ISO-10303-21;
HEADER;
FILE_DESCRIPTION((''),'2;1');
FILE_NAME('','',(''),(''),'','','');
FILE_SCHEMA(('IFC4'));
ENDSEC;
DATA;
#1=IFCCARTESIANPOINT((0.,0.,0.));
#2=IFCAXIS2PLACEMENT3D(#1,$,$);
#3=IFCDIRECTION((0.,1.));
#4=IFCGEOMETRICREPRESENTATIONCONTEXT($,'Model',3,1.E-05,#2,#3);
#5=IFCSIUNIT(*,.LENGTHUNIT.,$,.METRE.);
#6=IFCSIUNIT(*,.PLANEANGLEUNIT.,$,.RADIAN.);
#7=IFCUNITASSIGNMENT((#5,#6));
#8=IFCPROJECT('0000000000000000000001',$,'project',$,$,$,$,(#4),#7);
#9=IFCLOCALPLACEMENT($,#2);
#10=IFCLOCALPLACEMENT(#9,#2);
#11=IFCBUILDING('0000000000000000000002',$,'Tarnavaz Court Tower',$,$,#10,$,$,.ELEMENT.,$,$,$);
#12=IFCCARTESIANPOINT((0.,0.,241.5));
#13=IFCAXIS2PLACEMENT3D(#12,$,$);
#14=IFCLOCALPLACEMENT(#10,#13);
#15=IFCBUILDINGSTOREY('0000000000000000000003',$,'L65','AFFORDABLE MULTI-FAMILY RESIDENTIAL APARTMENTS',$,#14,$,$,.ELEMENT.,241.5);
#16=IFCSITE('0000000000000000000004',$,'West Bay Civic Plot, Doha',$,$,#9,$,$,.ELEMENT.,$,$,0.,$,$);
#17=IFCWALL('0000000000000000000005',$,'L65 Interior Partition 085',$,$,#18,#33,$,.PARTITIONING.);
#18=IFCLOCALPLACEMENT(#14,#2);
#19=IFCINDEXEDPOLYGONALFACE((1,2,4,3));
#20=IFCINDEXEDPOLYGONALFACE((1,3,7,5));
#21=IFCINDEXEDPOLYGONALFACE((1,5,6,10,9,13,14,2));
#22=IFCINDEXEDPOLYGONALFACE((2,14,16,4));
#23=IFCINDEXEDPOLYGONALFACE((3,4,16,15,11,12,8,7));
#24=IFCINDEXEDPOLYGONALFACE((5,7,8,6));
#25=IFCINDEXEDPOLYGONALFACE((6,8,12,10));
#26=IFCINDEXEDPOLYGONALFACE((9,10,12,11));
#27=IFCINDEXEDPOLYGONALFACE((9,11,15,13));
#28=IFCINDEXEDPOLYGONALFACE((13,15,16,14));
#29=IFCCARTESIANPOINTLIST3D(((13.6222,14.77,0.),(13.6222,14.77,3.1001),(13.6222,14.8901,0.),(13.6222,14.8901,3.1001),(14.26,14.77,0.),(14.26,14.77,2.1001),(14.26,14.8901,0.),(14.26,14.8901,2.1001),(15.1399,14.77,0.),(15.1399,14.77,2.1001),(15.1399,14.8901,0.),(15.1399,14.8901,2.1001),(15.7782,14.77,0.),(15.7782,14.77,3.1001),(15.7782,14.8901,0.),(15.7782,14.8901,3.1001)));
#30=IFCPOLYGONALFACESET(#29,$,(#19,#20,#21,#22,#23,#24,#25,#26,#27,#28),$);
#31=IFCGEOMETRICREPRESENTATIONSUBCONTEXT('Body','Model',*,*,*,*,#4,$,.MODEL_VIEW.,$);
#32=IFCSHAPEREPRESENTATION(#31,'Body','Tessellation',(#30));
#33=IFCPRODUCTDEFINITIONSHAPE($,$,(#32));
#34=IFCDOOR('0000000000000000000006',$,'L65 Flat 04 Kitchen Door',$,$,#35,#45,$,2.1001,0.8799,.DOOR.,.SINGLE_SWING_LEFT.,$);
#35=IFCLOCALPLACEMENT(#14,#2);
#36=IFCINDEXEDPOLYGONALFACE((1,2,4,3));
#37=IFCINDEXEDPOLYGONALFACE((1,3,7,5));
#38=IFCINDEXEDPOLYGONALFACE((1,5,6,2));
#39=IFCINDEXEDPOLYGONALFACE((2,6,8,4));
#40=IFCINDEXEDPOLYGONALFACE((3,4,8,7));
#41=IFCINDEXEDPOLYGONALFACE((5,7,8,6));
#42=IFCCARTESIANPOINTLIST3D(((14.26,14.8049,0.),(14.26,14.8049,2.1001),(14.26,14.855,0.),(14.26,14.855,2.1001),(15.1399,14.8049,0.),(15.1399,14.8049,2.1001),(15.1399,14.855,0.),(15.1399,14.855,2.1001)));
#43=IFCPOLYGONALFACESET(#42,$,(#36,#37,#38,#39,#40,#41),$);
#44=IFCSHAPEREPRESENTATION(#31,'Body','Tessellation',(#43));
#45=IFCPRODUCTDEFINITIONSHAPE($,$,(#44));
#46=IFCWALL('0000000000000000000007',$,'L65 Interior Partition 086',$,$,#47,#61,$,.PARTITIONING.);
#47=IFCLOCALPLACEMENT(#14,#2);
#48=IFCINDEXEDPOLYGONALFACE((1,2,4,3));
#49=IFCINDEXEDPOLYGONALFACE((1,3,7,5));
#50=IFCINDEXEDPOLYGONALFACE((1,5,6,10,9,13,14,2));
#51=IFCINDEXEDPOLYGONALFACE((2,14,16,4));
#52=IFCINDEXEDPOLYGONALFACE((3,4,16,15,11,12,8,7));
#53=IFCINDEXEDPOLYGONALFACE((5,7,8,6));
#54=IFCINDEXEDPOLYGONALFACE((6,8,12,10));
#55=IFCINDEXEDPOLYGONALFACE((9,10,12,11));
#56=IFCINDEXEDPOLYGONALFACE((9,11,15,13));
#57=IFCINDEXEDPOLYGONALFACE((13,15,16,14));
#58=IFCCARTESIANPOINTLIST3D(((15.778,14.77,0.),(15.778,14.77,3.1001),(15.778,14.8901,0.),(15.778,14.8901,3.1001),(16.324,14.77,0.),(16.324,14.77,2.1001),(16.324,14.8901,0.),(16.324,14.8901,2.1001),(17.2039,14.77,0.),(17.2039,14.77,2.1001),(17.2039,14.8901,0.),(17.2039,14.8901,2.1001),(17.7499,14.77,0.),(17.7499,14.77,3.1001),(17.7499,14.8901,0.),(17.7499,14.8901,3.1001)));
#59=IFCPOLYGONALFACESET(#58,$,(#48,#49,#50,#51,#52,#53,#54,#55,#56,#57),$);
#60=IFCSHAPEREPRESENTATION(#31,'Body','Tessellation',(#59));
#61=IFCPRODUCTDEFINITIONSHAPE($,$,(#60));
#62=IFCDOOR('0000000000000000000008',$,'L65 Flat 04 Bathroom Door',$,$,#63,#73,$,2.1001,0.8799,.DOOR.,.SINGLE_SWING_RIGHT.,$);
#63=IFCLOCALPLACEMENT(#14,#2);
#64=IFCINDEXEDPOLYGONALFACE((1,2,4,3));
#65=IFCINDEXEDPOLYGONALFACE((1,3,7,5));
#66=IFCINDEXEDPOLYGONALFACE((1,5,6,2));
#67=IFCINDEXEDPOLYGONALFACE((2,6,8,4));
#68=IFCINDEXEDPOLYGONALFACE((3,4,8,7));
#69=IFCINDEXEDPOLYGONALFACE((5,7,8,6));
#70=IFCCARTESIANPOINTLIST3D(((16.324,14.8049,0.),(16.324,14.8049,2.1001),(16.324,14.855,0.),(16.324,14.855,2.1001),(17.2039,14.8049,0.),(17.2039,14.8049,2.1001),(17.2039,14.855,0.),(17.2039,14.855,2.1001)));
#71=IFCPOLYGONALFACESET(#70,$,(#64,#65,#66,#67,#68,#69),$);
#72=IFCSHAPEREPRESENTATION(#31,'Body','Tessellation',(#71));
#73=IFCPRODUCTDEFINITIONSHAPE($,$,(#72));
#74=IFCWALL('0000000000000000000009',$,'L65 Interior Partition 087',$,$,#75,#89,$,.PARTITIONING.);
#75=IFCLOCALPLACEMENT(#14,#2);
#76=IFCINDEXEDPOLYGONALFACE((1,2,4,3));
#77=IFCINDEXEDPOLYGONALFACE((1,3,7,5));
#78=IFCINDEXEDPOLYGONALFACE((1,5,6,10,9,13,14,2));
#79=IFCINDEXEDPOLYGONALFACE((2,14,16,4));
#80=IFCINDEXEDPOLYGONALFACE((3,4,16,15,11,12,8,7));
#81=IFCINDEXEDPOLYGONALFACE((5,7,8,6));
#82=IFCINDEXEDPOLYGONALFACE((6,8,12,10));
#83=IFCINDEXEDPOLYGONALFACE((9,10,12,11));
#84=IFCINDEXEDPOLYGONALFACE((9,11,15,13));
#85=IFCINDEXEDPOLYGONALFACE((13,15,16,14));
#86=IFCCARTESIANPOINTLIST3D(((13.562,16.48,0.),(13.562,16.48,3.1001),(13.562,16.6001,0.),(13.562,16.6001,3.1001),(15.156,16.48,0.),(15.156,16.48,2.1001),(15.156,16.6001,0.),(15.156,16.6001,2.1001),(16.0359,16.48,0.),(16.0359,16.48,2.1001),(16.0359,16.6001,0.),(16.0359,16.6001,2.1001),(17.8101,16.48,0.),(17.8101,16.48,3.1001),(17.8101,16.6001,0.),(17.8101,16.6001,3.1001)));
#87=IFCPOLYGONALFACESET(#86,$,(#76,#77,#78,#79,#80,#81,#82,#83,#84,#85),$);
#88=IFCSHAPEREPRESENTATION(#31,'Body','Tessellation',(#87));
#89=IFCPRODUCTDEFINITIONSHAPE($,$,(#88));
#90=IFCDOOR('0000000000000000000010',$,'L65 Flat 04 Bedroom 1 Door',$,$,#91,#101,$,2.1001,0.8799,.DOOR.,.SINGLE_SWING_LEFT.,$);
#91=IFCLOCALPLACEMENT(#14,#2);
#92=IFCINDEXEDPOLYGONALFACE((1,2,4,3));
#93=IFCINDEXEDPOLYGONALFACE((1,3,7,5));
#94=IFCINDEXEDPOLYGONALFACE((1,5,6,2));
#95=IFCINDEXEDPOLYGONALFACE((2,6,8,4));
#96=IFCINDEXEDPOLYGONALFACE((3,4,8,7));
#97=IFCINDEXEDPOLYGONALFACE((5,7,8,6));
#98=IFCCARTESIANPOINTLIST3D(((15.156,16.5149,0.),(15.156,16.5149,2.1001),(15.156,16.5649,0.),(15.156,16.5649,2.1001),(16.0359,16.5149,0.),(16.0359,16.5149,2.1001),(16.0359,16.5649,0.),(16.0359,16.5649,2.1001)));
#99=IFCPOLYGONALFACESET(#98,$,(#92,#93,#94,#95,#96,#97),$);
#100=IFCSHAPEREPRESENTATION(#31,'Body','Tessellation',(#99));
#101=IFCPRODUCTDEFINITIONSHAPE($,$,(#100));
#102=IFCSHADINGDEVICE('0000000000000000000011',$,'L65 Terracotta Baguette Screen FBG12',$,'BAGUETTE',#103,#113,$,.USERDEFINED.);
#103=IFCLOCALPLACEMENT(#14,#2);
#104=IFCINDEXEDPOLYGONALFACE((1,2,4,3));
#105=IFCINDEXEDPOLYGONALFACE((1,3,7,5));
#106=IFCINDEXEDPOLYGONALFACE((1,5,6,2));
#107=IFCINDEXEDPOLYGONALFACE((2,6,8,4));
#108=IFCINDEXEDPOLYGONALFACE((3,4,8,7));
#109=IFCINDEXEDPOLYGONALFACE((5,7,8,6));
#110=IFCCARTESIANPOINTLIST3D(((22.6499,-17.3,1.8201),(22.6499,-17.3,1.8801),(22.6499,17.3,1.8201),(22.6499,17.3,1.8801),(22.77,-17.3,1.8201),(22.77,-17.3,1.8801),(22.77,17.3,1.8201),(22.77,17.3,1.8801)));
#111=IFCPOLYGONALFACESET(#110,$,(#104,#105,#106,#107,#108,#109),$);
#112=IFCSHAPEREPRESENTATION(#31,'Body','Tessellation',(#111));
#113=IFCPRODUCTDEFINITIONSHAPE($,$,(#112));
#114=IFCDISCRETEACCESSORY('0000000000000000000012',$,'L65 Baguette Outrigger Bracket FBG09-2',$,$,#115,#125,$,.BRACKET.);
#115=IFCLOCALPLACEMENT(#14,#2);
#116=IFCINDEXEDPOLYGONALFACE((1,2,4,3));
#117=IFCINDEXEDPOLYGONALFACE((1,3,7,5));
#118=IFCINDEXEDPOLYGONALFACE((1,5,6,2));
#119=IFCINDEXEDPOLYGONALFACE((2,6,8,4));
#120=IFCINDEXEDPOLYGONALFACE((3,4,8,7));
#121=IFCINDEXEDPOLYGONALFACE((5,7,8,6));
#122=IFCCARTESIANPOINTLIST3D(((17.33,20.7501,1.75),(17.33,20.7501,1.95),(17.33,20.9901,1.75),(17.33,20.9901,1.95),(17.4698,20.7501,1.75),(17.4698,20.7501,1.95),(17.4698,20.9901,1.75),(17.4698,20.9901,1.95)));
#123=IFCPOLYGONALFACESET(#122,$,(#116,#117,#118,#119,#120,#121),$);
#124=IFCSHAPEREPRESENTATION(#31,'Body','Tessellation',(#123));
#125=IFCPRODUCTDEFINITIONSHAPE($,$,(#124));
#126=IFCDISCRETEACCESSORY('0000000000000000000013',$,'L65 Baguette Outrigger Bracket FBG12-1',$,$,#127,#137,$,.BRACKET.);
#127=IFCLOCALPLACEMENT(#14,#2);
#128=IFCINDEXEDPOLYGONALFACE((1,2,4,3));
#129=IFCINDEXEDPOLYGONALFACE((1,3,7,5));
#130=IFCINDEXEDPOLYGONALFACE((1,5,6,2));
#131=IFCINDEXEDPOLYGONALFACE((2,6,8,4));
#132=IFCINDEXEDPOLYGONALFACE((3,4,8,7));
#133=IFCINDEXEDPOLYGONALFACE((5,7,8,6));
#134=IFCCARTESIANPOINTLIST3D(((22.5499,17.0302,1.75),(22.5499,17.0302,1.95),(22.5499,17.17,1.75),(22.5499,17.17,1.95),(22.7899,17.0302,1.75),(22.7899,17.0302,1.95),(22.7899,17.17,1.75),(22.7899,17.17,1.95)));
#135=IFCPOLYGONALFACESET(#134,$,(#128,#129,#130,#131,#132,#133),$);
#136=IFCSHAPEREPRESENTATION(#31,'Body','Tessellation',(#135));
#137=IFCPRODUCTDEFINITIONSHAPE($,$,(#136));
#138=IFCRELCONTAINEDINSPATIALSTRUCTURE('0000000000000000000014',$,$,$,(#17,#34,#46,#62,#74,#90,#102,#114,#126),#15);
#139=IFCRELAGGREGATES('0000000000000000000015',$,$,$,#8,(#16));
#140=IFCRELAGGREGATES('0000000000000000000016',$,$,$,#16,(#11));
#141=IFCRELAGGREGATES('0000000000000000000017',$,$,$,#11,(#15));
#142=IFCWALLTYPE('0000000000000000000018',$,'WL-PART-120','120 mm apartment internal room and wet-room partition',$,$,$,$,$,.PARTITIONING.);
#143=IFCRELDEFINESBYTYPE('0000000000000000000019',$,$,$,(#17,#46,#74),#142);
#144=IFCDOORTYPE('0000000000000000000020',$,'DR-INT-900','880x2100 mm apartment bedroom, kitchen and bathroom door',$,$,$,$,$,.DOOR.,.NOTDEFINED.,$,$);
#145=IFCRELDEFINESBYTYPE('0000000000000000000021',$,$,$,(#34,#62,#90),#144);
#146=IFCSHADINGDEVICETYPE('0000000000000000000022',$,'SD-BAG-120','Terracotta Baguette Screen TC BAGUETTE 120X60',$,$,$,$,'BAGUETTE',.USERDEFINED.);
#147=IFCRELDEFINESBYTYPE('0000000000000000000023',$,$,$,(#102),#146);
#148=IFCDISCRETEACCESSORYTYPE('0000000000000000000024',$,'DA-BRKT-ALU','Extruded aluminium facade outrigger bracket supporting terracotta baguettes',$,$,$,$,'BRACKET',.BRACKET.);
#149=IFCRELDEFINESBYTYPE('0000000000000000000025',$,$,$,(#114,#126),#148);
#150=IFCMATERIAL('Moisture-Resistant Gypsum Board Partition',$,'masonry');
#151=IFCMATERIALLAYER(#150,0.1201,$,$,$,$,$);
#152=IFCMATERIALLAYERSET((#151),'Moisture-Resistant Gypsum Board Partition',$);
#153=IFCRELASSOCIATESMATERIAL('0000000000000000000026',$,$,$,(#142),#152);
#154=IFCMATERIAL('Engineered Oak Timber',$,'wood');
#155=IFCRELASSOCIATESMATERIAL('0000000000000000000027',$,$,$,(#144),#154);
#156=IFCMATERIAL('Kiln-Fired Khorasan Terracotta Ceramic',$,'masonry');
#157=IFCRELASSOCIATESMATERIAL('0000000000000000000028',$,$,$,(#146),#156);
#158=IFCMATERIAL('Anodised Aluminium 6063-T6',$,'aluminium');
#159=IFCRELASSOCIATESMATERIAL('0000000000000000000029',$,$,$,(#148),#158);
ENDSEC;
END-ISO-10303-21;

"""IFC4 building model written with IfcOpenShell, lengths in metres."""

from ifc_helpers import new_model, si_unit, direction, frame, frame_2d, origin, origin_2d, place, context, subcontext, project, spatial, rectangle, extrude, material, layer, layer_set, material_profile, profile_set, type_object, element, fill, save


model = new_model("IFC4")

# Units and contexts
model_context = context("Model", 3, precision=1e-05, world=origin(), true_north=direction((0.0, 1.0)))
body_context = subcontext(model_context, "Body", "Model", "MODEL_VIEW")
ifc_project = project(units=[si_unit("LENGTHUNIT", "METRE"), si_unit("PLANEANGLEUNIT", "RADIAN")], contexts=[model_context])

# Site, building, storey
site_placement = place(None, origin())
site = spatial("IfcSite", under=ifc_project, at=site_placement, Name="West Bay Civic Plot, Doha", CompositionType="ELEMENT", RefElevation=0.0)
building_placement = place(site_placement, origin())
building = spatial("IfcBuilding", under=site, at=building_placement, Name="Tarnavaz Court Tower", CompositionType="ELEMENT")
storey_placement = place(building_placement, frame((0.0, 0.0, 241.5)))
storey = spatial("IfcBuildingStorey", under=building, at=storey_placement, Name="L65", Description="AFFORDABLE MULTI-FAMILY RESIDENTIAL APARTMENTS", CompositionType="ELEMENT", Elevation=241.5)

# Walls, openings, doors
ifc_material_1 = material(Name="Moisture-Resistant Gypsum Board Partition", Category="masonry")
ifc_layer_1 = layer(ifc_material_1, 0.1201)
ifc_layer_set_1 = layer_set([ifc_layer_1], Name="Moisture-Resistant Gypsum Board Partition")
wall_type_1 = type_object("IfcWallType", Name="WL-PART-120", Description="120 mm apartment internal room and wet-room partition", PredefinedType="PARTITIONING", material=ifc_layer_set_1)
wall_1_placement = place(storey_placement, frame((13.6221, 14.8301, 0.0), z_axis=(0.0, 0.0, 1.0), x_axis=(1.0, 0.0, 0.0)))
wall_1 = element("IfcWall", 1, at=wall_1_placement, inside=storey, type_object=wall_type_1, Name="L65 Interior Partition 085", PredefinedType="PARTITIONING", context=body_context, shape_type="SweptSolid", body=[
    extrude(rectangle(XDim=2.156, YDim=0.1201, at=frame_2d((1.0781, 0.0))), origin(), (0.0, 0.0, 1.0), 3.1001),
])
opening_1_placement = place(wall_1_placement, frame((0.6379, 0.0, 0.0)))
opening_1 = element("IfcOpeningElement", 2, at=opening_1_placement, cuts=wall_1, PredefinedType="OPENING", context=body_context, shape_type="SweptSolid", body=[
    extrude(rectangle(XDim=0.8799, YDim=2.1001, at=frame_2d((0.4399, 1.05))), frame((0.0, 0.0701, 0.0), z_axis=(0.0, -1.0, 0.0), x_axis=(1.0, 0.0, 0.0)), (0.0, 0.0, 1.0), 0.1401),
])
ifc_material_2 = material(Name="Engineered Oak Timber", Category="wood")
door_type = type_object("IfcDoorType", Name="DR-INT-900", Description="880x2100 mm apartment bedroom, kitchen and bathroom door", OperationType="NOTDEFINED", PredefinedType="DOOR", material=ifc_material_2)
door_1_placement = place(opening_1_placement, origin())
door_1 = element("IfcDoor", 3, at=door_1_placement, inside=storey, type_object=door_type, Name="L65 Flat 04 Kitchen Door", OperationType="SINGLE_SWING_LEFT", OverallHeight=2.1001, OverallWidth=0.8799, PredefinedType="DOOR", context=body_context, shape_type="SweptSolid", body=[
    extrude(rectangle(XDim=0.8799, YDim=2.1001, at=frame_2d((0.4399, 1.05))), frame((0.0, 0.0249, 0.0), z_axis=(0.0, -1.0, 0.0), x_axis=(1.0, 0.0, 0.0)), (0.0, 0.0, 1.0), 0.05),
])
fill(opening_1, door_1)
wall_2_placement = place(storey_placement, frame((15.7781, 14.8301, 0.0), z_axis=(0.0, 0.0, 1.0), x_axis=(1.0, 0.0, 0.0)))
wall_2 = element("IfcWall", 4, at=wall_2_placement, inside=storey, type_object=wall_type_1, Name="L65 Interior Partition 086", PredefinedType="PARTITIONING", context=body_context, shape_type="SweptSolid", body=[
    extrude(rectangle(XDim=1.9719, YDim=0.1201, at=frame_2d((0.9858, 0.0))), origin(), (0.0, 0.0, 1.0), 3.1001),
])
opening_2_placement = place(wall_2_placement, frame((0.5459, 0.0, 0.0)))
opening_2 = element("IfcOpeningElement", 5, at=opening_2_placement, cuts=wall_2, PredefinedType="OPENING", context=body_context, shape_type="SweptSolid", body=[
    extrude(rectangle(XDim=0.8799, YDim=2.1001, at=frame_2d((0.4399, 1.05))), frame((0.0, 0.0701, 0.0), z_axis=(0.0, -1.0, 0.0), x_axis=(1.0, 0.0, 0.0)), (0.0, 0.0, 1.0), 0.1401),
])
door_2_placement = place(opening_2_placement, origin())
door_2 = element("IfcDoor", 6, at=door_2_placement, inside=storey, type_object=door_type, Name="L65 Flat 04 Bathroom Door", OperationType="SINGLE_SWING_RIGHT", OverallHeight=2.1001, OverallWidth=0.8799, PredefinedType="DOOR", context=body_context, shape_type="SweptSolid", body=[
    extrude(rectangle(XDim=0.8799, YDim=2.1001, at=frame_2d((0.4399, 1.05))), frame((0.0, 0.0249, 0.0), z_axis=(0.0, -1.0, 0.0), x_axis=(1.0, 0.0, 0.0)), (0.0, 0.0, 1.0), 0.05),
])
fill(opening_2, door_2)
wall_3_placement = place(storey_placement, frame((13.562, 16.54, 0.0), z_axis=(0.0, 0.0, 1.0), x_axis=(1.0, 0.0, 0.0)))
wall_3 = element("IfcWall", 7, at=wall_3_placement, inside=storey, type_object=wall_type_1, Name="L65 Interior Partition 087", PredefinedType="PARTITIONING", context=body_context, shape_type="SweptSolid", body=[
    extrude(rectangle(XDim=4.248, YDim=0.1201, at=frame_2d((2.124, 0.0))), origin(), (0.0, 0.0, 1.0), 3.1001),
])
opening_3_placement = place(wall_3_placement, frame((1.594, 0.0, 0.0)))
opening_3 = element("IfcOpeningElement", 8, at=opening_3_placement, cuts=wall_3, PredefinedType="OPENING", context=body_context, shape_type="SweptSolid", body=[
    extrude(rectangle(XDim=0.8799, YDim=2.1001, at=frame_2d((0.4399, 1.05))), frame((0.0, 0.0701, 0.0), z_axis=(0.0, -1.0, 0.0), x_axis=(1.0, 0.0, 0.0)), (0.0, 0.0, 1.0), 0.1401),
])
door_3_placement = place(opening_3_placement, origin())
door_3 = element("IfcDoor", 9, at=door_3_placement, inside=storey, type_object=door_type, Name="L65 Flat 04 Bedroom 1 Door", OperationType="SINGLE_SWING_LEFT", OverallHeight=2.1001, OverallWidth=0.8799, PredefinedType="DOOR", context=body_context, shape_type="SweptSolid", body=[
    extrude(rectangle(XDim=0.8799, YDim=2.1001, at=frame_2d((0.4399, 1.05))), frame((0.0, 0.0249, 0.0), z_axis=(0.0, -1.0, 0.0), x_axis=(1.0, 0.0, 0.0)), (0.0, 0.0, 1.0), 0.05),
])
fill(opening_3, door_3)

# Shading device
ifc_material_3 = material(Name="Kiln-Fired Khorasan Terracotta Ceramic", Category="masonry")
ifc_material_profile_1 = material_profile(ifc_material_3, rectangle(XDim=0.1201, YDim=0.0601, at=origin_2d()), Name="TC BAGUETTE 120X60")
ifc_profile_set_1 = profile_set([ifc_material_profile_1], Name="Kiln-Fired Khorasan Terracotta Ceramic")
shading_device_type = type_object("IfcShadingDeviceType", Name="SD-BAG-120", Description="Terracotta Baguette Screen TC BAGUETTE 120X60", ElementType="BAGUETTE", PredefinedType="USERDEFINED", material=ifc_profile_set_1)
shading_device_placement = place(storey_placement, frame((22.71, 17.3, 1.8501), z_axis=(0.0, -1.0, 0.0), x_axis=(1.0, 0.0, 0.0)))
element("IfcShadingDevice", 10, at=shading_device_placement, inside=storey, type_object=shading_device_type, Name="L65 Terracotta Baguette Screen FBG12", ObjectType="BAGUETTE", PredefinedType="USERDEFINED", context=body_context, shape_type="SweptSolid", body=[
    extrude(rectangle(XDim=0.1201, YDim=0.0601, at=origin_2d()), origin(), (0.0, 0.0, 1.0), 34.6001),
])

# Discrete accessories
ifc_material_4 = material(Name="Anodised Aluminium 6063-T6", Category="aluminium")
discrete_accessory_type = type_object("IfcDiscreteAccessoryType", Name="DA-BRKT-ALU", Description="Extruded aluminium facade outrigger bracket supporting terracotta baguettes", ElementType="BRACKET", PredefinedType="BRACKET", material=ifc_material_4)
for number, where, z_axis, x_axis, name in (
    (11, (17.3999, 20.8701, 1.75), (0.0, 0.0, 1.0), (1.0, 0.0, 0.0), "L65 Baguette Outrigger Bracket FBG09-2"),
    (12, (22.6699, 17.1001, 1.75), (0.0, 0.0, 1.0), (0.0, -1.0, 0.0), "L65 Baguette Outrigger Bracket FBG12-1"),
):
    element("IfcDiscreteAccessory", number, at=place(storey_placement, frame(where, z_axis=z_axis, x_axis=x_axis)), inside=storey, type_object=discrete_accessory_type, Name=name, PredefinedType="BRACKET", context=body_context, shape_type="SweptSolid", body=[
        extrude(rectangle(XDim=0.1399, YDim=0.24, at=origin_2d()), origin(), (0.0, 0.0, 1.0), 0.2),
    ])

save(model, "model.ifc")
